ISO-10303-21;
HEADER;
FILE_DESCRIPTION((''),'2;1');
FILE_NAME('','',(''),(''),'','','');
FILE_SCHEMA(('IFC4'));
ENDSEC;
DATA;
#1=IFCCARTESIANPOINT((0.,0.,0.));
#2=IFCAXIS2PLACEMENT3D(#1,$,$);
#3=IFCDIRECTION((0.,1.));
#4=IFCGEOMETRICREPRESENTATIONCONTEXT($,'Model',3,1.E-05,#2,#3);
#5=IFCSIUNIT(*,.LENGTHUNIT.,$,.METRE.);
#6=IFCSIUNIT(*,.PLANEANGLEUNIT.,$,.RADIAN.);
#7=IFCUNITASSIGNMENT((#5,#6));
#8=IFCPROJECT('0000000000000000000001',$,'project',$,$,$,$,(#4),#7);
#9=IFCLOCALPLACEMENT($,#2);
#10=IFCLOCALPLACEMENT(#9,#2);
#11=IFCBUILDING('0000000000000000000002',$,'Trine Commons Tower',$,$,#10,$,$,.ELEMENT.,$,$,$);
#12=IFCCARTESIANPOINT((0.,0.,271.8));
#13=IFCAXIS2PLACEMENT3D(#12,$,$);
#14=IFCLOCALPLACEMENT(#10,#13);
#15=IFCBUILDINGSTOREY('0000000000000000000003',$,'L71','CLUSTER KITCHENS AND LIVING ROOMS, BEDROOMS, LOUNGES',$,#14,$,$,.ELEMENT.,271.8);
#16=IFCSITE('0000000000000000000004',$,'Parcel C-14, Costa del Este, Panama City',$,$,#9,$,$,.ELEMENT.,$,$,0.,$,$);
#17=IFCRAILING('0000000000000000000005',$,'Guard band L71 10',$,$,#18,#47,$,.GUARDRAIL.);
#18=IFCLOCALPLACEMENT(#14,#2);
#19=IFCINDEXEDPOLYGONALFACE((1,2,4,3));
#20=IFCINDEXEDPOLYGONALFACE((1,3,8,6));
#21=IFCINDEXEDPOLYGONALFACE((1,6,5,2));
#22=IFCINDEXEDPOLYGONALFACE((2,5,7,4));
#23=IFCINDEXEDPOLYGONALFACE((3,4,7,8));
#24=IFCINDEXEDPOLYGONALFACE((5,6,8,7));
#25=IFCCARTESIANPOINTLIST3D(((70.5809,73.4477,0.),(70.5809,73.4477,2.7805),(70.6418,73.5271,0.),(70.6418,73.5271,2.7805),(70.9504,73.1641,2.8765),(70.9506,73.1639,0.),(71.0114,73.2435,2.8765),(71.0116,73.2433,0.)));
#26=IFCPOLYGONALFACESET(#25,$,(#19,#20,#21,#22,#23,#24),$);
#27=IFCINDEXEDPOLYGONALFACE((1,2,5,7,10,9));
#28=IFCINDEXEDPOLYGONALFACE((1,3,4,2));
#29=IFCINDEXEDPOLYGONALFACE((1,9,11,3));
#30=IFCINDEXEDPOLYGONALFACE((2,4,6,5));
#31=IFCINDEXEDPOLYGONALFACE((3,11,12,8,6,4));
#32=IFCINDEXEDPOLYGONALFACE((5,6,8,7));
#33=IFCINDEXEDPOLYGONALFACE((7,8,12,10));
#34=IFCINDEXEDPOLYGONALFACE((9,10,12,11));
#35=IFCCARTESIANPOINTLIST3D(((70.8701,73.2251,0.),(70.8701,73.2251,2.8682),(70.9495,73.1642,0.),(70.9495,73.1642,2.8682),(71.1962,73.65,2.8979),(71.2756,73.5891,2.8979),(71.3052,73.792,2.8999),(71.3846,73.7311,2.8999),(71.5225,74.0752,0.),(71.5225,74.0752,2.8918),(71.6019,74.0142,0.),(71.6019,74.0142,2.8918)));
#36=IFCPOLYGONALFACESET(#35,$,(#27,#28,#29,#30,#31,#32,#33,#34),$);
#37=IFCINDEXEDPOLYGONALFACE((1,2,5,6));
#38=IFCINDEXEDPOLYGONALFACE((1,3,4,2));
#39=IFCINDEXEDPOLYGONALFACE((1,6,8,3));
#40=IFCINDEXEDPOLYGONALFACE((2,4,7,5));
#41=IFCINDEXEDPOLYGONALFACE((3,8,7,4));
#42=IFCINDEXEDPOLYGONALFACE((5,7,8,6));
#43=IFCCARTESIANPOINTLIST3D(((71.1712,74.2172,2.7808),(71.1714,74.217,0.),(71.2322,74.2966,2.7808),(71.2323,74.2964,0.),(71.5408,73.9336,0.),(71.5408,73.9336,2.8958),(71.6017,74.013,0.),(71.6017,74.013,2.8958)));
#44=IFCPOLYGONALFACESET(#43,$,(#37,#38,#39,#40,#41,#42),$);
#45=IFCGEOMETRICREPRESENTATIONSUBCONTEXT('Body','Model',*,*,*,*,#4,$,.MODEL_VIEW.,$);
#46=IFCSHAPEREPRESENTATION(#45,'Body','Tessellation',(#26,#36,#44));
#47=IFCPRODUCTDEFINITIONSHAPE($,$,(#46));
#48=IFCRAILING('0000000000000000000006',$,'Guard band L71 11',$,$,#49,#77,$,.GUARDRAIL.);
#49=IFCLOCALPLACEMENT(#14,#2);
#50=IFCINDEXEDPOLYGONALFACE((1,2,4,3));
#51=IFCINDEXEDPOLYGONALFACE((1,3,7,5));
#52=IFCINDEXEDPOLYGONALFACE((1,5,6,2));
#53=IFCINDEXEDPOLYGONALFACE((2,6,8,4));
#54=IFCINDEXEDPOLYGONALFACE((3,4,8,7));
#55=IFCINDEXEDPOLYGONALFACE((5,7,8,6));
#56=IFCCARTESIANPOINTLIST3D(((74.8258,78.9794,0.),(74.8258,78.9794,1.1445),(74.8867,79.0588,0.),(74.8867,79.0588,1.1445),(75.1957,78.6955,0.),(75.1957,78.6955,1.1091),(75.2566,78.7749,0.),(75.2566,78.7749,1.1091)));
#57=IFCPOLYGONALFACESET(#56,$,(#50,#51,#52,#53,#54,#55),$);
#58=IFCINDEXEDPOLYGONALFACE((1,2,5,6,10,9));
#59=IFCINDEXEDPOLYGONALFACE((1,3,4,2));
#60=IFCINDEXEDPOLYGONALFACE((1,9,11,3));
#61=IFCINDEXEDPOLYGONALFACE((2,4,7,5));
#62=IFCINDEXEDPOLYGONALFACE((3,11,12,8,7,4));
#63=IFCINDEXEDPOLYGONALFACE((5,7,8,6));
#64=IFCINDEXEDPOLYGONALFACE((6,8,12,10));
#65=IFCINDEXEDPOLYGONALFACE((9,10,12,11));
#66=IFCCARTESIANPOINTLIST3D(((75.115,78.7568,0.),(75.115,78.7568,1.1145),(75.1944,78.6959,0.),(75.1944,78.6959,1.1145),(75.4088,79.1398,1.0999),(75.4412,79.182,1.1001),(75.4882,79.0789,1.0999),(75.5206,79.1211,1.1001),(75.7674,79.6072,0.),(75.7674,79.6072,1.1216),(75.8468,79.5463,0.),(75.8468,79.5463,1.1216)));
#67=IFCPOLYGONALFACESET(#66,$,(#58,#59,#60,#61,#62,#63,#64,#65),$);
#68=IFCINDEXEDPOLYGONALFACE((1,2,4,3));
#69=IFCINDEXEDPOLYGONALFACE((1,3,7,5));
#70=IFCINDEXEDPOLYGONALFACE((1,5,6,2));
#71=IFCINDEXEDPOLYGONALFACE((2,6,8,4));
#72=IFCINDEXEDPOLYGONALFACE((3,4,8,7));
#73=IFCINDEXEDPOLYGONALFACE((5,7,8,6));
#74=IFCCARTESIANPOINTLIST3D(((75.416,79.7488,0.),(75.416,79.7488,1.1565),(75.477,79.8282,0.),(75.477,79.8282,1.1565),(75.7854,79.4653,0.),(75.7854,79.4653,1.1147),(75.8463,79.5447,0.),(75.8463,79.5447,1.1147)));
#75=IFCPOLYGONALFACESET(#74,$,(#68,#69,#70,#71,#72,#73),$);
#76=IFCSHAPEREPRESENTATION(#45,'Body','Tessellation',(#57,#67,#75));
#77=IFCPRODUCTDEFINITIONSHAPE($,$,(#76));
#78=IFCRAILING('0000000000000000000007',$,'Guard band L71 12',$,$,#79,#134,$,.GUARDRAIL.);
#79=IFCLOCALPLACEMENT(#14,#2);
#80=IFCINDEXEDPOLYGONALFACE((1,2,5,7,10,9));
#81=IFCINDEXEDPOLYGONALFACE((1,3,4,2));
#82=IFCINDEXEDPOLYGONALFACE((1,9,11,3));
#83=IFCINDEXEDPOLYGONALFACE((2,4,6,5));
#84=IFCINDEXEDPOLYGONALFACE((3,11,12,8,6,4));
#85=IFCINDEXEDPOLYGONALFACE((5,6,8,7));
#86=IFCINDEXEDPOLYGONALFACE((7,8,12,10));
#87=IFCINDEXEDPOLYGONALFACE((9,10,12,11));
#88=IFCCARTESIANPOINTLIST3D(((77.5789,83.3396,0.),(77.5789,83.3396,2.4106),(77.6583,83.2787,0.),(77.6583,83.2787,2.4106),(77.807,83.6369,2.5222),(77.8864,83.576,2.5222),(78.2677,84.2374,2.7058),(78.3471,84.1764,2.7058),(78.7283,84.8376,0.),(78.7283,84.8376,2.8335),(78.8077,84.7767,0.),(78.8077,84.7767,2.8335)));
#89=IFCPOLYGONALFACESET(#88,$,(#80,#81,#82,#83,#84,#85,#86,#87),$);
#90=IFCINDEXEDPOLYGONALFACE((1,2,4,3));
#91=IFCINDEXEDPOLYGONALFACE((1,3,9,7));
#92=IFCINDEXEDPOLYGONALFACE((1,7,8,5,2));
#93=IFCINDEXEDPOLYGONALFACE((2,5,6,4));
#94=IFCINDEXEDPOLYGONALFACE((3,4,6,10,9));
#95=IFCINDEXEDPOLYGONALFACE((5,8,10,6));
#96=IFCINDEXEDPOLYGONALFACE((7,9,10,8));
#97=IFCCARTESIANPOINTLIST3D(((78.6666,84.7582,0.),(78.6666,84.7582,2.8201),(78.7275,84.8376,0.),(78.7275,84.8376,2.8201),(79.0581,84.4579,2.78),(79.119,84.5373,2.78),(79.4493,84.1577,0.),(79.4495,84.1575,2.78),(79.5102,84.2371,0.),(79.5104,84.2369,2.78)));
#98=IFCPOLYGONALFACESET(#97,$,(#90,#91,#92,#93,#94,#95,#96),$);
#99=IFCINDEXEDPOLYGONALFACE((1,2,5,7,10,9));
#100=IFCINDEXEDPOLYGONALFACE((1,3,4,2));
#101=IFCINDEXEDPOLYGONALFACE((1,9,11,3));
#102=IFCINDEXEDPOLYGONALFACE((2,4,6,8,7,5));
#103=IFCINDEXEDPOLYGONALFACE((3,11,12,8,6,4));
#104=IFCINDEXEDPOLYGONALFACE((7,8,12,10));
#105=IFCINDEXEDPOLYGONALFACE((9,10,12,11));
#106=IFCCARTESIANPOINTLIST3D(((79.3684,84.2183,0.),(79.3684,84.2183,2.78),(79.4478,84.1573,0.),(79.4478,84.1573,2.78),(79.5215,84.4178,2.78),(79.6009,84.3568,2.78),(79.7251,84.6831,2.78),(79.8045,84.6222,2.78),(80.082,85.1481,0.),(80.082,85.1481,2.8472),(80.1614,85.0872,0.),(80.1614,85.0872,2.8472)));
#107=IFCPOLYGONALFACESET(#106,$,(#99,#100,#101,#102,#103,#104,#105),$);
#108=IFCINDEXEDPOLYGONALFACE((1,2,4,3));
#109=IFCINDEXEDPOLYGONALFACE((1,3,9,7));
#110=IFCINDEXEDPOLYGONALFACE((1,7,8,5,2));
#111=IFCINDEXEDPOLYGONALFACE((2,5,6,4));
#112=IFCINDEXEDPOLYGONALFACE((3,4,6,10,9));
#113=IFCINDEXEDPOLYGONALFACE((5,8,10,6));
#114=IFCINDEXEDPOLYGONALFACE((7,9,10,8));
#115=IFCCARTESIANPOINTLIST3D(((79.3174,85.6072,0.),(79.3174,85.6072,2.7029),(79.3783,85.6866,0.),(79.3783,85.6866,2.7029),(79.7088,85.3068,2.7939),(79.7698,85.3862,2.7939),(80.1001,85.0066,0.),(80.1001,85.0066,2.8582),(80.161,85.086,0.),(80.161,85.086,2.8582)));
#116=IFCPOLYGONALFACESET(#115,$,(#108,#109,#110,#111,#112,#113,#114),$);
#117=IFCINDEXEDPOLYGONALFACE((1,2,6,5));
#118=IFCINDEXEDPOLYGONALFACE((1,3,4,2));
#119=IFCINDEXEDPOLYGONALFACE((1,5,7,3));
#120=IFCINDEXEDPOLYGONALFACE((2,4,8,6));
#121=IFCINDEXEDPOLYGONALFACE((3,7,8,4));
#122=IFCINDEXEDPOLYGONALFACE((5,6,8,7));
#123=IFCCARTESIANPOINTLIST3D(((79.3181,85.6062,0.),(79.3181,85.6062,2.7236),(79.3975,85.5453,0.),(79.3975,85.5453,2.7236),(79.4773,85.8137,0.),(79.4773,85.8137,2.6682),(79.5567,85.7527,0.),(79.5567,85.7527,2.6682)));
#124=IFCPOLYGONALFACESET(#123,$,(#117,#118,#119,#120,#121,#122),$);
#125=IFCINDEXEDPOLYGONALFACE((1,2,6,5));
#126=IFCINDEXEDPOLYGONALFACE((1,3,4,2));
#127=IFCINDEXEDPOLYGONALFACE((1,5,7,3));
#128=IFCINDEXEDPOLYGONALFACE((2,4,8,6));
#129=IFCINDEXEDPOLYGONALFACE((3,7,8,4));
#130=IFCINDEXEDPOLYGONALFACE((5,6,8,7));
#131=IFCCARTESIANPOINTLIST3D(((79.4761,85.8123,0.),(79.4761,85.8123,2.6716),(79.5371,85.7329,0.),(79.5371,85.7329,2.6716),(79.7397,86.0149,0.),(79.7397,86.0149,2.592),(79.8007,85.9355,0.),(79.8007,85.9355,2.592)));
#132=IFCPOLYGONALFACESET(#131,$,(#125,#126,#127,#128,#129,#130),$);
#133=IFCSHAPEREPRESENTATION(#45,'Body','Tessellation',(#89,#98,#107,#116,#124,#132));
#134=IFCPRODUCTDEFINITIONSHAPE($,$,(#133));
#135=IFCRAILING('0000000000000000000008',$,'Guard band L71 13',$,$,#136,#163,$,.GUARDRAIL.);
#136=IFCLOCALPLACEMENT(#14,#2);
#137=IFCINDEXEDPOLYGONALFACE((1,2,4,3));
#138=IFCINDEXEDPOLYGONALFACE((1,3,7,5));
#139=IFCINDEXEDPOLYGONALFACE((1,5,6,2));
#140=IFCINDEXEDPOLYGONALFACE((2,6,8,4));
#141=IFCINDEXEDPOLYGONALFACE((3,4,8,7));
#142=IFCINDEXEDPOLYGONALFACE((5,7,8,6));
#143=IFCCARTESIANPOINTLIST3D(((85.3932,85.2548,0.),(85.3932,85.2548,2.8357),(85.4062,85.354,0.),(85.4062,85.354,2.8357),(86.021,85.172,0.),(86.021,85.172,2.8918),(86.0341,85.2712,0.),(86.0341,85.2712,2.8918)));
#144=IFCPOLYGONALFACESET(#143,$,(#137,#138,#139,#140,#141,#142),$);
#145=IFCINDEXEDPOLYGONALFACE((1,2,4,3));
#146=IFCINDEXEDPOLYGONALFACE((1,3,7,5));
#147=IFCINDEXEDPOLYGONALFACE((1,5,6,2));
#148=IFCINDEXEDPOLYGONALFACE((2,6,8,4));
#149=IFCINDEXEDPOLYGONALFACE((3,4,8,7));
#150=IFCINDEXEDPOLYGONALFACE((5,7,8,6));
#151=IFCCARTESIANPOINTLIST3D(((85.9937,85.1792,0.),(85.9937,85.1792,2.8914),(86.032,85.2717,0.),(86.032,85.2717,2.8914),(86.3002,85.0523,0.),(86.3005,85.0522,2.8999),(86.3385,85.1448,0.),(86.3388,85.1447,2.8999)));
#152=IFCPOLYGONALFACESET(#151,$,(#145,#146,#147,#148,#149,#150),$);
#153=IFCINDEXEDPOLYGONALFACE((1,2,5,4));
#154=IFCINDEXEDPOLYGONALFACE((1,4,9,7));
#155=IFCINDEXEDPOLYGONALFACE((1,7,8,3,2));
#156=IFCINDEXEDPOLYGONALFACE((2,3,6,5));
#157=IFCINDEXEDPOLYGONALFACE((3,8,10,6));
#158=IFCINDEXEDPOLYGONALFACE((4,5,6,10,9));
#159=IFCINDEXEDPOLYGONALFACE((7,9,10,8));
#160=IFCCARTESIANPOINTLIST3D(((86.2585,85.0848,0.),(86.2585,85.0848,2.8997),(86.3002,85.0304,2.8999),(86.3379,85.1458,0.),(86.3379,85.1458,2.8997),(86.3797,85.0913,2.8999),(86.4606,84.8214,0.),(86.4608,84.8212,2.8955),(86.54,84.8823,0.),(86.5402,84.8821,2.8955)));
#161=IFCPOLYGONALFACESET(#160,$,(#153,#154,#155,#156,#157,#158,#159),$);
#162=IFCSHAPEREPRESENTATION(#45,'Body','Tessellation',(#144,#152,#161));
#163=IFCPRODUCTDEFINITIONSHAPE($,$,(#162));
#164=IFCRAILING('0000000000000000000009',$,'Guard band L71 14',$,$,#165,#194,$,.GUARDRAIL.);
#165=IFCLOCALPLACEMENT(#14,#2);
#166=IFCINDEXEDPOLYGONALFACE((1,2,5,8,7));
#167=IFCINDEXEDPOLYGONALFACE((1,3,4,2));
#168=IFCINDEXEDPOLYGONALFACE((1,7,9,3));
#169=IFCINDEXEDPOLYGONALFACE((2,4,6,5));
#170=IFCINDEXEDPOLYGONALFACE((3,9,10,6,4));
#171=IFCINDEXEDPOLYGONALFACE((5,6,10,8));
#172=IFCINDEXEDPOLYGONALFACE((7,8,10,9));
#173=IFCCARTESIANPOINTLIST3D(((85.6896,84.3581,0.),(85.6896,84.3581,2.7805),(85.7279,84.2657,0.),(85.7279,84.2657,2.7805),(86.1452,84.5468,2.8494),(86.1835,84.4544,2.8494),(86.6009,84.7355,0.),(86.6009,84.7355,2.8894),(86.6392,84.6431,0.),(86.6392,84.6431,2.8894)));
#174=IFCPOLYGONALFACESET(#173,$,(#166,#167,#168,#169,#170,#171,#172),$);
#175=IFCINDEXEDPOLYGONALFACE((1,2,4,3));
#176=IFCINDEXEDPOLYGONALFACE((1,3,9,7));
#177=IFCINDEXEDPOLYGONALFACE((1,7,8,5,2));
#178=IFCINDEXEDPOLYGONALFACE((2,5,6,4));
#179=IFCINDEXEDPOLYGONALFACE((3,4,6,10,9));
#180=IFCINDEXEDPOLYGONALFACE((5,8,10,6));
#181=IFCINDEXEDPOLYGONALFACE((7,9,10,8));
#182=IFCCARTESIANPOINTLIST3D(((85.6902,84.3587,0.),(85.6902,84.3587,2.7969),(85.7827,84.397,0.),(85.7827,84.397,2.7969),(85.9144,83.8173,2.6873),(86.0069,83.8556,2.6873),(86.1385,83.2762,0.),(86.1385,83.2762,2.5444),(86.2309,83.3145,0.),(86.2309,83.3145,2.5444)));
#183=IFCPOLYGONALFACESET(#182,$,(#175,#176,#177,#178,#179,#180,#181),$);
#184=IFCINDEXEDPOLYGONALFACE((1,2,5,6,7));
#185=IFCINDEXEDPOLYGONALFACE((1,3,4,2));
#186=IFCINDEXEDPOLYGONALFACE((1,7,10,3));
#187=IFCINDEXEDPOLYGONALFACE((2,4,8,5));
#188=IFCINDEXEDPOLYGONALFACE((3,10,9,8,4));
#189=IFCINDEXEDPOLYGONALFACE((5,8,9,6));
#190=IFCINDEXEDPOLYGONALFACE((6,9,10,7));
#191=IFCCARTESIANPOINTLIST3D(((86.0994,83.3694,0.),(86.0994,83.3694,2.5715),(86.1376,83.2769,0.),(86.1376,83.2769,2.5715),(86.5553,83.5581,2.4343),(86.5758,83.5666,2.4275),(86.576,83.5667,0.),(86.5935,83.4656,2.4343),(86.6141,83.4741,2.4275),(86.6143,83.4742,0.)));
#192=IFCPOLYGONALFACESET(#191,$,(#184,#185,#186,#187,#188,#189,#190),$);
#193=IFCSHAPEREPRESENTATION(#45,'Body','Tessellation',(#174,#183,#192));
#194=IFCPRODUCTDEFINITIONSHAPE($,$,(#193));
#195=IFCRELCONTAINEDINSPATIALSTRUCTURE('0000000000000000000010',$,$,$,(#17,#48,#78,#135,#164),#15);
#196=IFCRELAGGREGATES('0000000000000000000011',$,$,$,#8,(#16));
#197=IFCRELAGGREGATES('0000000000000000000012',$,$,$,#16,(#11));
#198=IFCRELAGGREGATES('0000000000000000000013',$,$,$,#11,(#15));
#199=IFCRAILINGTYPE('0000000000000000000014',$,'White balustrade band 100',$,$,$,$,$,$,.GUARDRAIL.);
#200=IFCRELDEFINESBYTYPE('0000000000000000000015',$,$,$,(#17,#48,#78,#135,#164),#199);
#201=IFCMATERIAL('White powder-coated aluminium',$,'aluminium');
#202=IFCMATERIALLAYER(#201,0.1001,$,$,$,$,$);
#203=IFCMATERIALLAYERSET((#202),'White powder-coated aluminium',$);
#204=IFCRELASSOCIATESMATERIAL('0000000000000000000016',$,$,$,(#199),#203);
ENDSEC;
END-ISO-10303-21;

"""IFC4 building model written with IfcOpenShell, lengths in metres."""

from ifc_helpers import new_model, si_unit, direction, frame, origin, place, context, subcontext, project, spatial, polyline, outline, extrude, material, layer, layer_set, type_object, element, save


model = new_model("IFC4")

# Units and contexts
model_context = context("Model", 3, precision=1e-05, world=origin(), true_north=direction((0.0, 1.0)))
body_context = subcontext(model_context, "Body", "Model", "MODEL_VIEW")
ifc_project = project(units=[si_unit("LENGTHUNIT", "METRE"), si_unit("PLANEANGLEUNIT", "RADIAN")], contexts=[model_context])

# Site, building, storey
site_placement = place(None, origin())
site = spatial("IfcSite", under=ifc_project, at=site_placement, Name="Parcel C-14, Costa del Este, Panama City", CompositionType="ELEMENT", RefElevation=0.0)
building_placement = place(site_placement, origin())
building = spatial("IfcBuilding", under=site, at=building_placement, Name="Trine Commons Tower", CompositionType="ELEMENT")
storey_placement = place(building_placement, frame((0.0, 0.0, 271.8)))
storey = spatial("IfcBuildingStorey", under=building, at=storey_placement, Name="L71", Description="CLUSTER KITCHENS AND LIVING ROOMS, BEDROOMS, LOUNGES", CompositionType="ELEMENT", Elevation=271.8)

# Railings
ifc_material_1 = material(Name="White powder-coated aluminium", Category="aluminium")
ifc_layer_1 = layer(ifc_material_1, 0.1001)
ifc_layer_set_1 = layer_set([ifc_layer_1], Name="White powder-coated aluminium")
railing_type = type_object("IfcRailingType", Name="White balustrade band 100", PredefinedType="GUARDRAIL", material=ifc_layer_set_1)
railing_1_placement = place(storey_placement, origin())
element("IfcRailing", 1, at=railing_1_placement, inside=storey, type_object=railing_type, Name="Guard band L71 10", PredefinedType="GUARDRAIL", context=body_context, shape_type="SweptSolid", body=[
    extrude(outline(polyline([(0.0, 0.0), (0.4661, 0.0), (0.4658, 2.8765), (0.4658, 2.8765), (0.0, 2.7805), (0.0, 0.0)])), frame((70.6418, 73.5271, 0.0), z_axis=(-0.608849, -0.793286, 0.0), x_axis=(0.793286, -0.608849, 0.0)), (0.0, 0.0, 1.0), 0.1001),
    extrude(outline(polyline([(0.0, 0.0), (1.0715, 0.0), (1.0715, 2.8918), (0.7146, 2.8999), (0.5356, 2.8979), (0.0, 2.8682), (0.0, 0.0)])), frame((70.8701, 73.2251, 0.0), z_axis=(0.793335, -0.608785, 0.0), x_axis=(0.608785, 0.793335, 0.0)), (0.0, 0.0, 1.0), 0.1001),
    extrude(outline(polyline([(0.0, 0.0), (0.4656, 0.0), (0.4658, 2.7808), (0.0, 2.8958), (0.0, 0.0)])), frame((71.5408, 73.9336, 0.0), z_axis=(0.608773, 0.793345, 0.0), x_axis=(-0.793345, 0.608773, 0.0)), (0.0, 0.0, 1.0), 0.1001),
])
railing_2_placement = place(storey_placement, origin())
element("IfcRailing", 2, at=railing_2_placement, inside=storey, type_object=railing_type, Name="Guard band L71 11", PredefinedType="GUARDRAIL", context=body_context, shape_type="SweptSolid", body=[
    extrude(outline(polyline([(0.0, 0.0), (0.4663, 0.0), (0.4663, 1.1091), (0.4663, 1.1091), (0.0, 1.1445), (0.0, 0.0)])), frame((74.8867, 79.0588, 0.0), z_axis=(-0.608926, -0.793227, 0.0), x_axis=(0.793227, -0.608926, 0.0)), (0.0, 0.0, 1.0), 0.1001),
    extrude(outline(polyline([(0.0, 0.0), (1.0718, 0.0), (1.0718, 1.1216), (0.5359, 1.1001), (0.4827, 1.0999), (0.0, 1.1145), (0.0, 0.0)])), frame((75.115, 78.7568, 0.0), z_axis=(0.793419, -0.608675, 0.0), x_axis=(0.608675, 0.793419, 0.0)), (0.0, 0.0, 1.0), 0.1001),
    extrude(outline(polyline([(0.0, 0.0), (0.4656, 0.0), (0.4656, 1.1565), (0.0, 1.1147), (0.0, 0.0)])), frame((75.7854, 79.4653, 0.0), z_axis=(0.608773, 0.793345, 0.0), x_axis=(-0.793345, 0.608773, 0.0)), (0.0, 0.0, 1.0), 0.1001),
])
railing_3_placement = place(storey_placement, origin())
element("IfcRailing", 3, at=railing_3_placement, inside=storey, type_object=railing_type, Name="Guard band L71 12", PredefinedType="GUARDRAIL", context=body_context, shape_type="SweptSolid", body=[
    extrude(outline(polyline([(0.0, 0.0), (1.8882, 0.0), (1.8882, 2.8335), (1.1316, 2.7058), (0.3748, 2.5222), (0.0, 2.4106), (0.0, 0.0)])), frame((77.5789, 83.3396, 0.0), z_axis=(0.793373, -0.608736, 0.0), x_axis=(0.608736, 0.793373, 0.0)), (0.0, 0.0, 1.0), 0.1001),
    extrude(outline(polyline([(0.0, 0.0), (0.9866, 0.0), (0.9868, 2.78), (0.4934, 2.78), (0.0, 2.8201), (0.0, 0.0)])), frame((78.7275, 84.8376, 0.0), z_axis=(-0.608754, -0.793359, 0.0), x_axis=(0.793359, -0.608754, 0.0)), (0.0, 0.0, 1.0), 0.1001),
    extrude(outline(polyline([(0.0, 0.0), (1.1721, 0.0), (1.1721, 2.8472), (0.5859, 2.78), (0.2515, 2.78), (0.0, 2.78), (0.0, 0.0)])), frame((79.3684, 84.2183, 0.0), z_axis=(0.793328, -0.608794, 0.0), x_axis=(0.608794, 0.793328, 0.0)), (0.0, 0.0, 1.0), 0.1001),
    extrude(outline(polyline([(0.0, 0.0), (0.9866, 0.0), (0.9866, 2.7029), (0.4932, 2.7939), (0.0, 2.8582), (0.0, 0.0)])), frame((80.1001, 85.0066, 0.0), z_axis=(0.608754, 0.793359, 0.0), x_axis=(-0.793359, 0.608754, 0.0)), (0.0, 0.0, 1.0), 0.1001),
    extrude(outline(polyline([(0.0, 0.0), (0.2615, 0.0), (0.2615, 2.6682), (0.0, 2.7236), (0.0, 0.0)])), frame((79.3181, 85.6062, 0.0), z_axis=(0.793456, -0.608627, 0.0), x_axis=(0.608627, 0.793456, 0.0)), (0.0, 0.0, 1.0), 0.1001),
    extrude(outline(polyline([(0.0, 0.0), (0.3325, 0.0), (0.3325, 2.592), (0.0, 2.6716), (0.0, 0.0)])), frame((79.4761, 85.8123, 0.0), z_axis=(0.609356, -0.792897, 0.0), x_axis=(0.792897, 0.609356, 0.0)), (0.0, 0.0, 1.0), 0.1001),
])
railing_4_placement = place(storey_placement, origin())
element("IfcRailing", 4, at=railing_4_placement, inside=storey, type_object=railing_type, Name="Guard band L71 13", PredefinedType="GUARDRAIL", context=body_context, shape_type="SweptSolid", body=[
    extrude(outline(polyline([(0.0, 0.0), (0.6333, 0.0), (0.6333, 2.8918), (0.6333, 2.8918), (0.0, 2.8357), (0.0, 0.0)])), frame((85.4062, 85.354, 0.0), z_axis=(-0.130674, -0.991425, 0.0), x_axis=(0.991425, -0.130674, 0.0)), (0.0, 0.0, 1.0), 0.1001),
    extrude(outline(polyline([(0.0, 0.0), (0.3318, 0.0), (0.332, 2.8999), (0.0, 2.8914), (0.0, 0.0)])), frame((86.032, 85.2717, 0.0), z_axis=(-0.382525, -0.923945, 0.0), x_axis=(0.923945, -0.382525, 0.0)), (0.0, 0.0, 1.0), 0.1001),
    extrude(outline(polyline([(0.0, 0.0), (0.332, 0.0), (0.3323, 2.8955), (0.0686, 2.8999), (0.0, 2.8997), (0.0, 0.0)])), frame((86.3379, 85.1458, 0.0), z_axis=(-0.793334, -0.608787, 0.0), x_axis=(0.608787, -0.793334, 0.0)), (0.0, 0.0, 1.0), 0.1001),
])
railing_5_placement = place(storey_placement, origin())
element("IfcRailing", 5, at=railing_5_placement, inside=storey, type_object=railing_type, Name="Guard band L71 14", PredefinedType="GUARDRAIL", context=body_context, shape_type="SweptSolid", body=[
    extrude(outline(polyline([(0.0, 0.0), (0.9863, 0.0), (0.9863, 2.7805), (0.4932, 2.8494), (0.0, 2.8894), (0.0, 0.0)])), frame((86.6392, 84.6431, 0.0), z_axis=(-0.382629, 0.923902, 0.0), x_axis=(-0.923902, -0.382629, 0.0)), (0.0, 0.0, 1.0), 0.1001),
    extrude(outline(polyline([(0.0, 0.0), (1.1716, 0.0), (1.1716, 2.5444), (0.5859, 2.6873), (0.0, 2.7969), (0.0, 0.0)])), frame((85.7827, 84.397, 0.0), z_axis=(-0.923925, -0.382573, 0.0), x_axis=(0.382573, -0.923925, 0.0)), (0.0, 0.0, 1.0), 0.1001),
    extrude(outline(polyline([(0.0, 0.0), (0.5159, 0.0), (0.5156, 2.4275), (0.4934, 2.4343), (0.0, 2.5715), (0.0, 0.0)])), frame((86.0994, 83.3694, 0.0), z_axis=(0.382463, -0.923971, 0.0), x_axis=(0.923971, 0.382463, 0.0)), (0.0, 0.0, 1.0), 0.1001),
])

save(model, "model.ifc")
